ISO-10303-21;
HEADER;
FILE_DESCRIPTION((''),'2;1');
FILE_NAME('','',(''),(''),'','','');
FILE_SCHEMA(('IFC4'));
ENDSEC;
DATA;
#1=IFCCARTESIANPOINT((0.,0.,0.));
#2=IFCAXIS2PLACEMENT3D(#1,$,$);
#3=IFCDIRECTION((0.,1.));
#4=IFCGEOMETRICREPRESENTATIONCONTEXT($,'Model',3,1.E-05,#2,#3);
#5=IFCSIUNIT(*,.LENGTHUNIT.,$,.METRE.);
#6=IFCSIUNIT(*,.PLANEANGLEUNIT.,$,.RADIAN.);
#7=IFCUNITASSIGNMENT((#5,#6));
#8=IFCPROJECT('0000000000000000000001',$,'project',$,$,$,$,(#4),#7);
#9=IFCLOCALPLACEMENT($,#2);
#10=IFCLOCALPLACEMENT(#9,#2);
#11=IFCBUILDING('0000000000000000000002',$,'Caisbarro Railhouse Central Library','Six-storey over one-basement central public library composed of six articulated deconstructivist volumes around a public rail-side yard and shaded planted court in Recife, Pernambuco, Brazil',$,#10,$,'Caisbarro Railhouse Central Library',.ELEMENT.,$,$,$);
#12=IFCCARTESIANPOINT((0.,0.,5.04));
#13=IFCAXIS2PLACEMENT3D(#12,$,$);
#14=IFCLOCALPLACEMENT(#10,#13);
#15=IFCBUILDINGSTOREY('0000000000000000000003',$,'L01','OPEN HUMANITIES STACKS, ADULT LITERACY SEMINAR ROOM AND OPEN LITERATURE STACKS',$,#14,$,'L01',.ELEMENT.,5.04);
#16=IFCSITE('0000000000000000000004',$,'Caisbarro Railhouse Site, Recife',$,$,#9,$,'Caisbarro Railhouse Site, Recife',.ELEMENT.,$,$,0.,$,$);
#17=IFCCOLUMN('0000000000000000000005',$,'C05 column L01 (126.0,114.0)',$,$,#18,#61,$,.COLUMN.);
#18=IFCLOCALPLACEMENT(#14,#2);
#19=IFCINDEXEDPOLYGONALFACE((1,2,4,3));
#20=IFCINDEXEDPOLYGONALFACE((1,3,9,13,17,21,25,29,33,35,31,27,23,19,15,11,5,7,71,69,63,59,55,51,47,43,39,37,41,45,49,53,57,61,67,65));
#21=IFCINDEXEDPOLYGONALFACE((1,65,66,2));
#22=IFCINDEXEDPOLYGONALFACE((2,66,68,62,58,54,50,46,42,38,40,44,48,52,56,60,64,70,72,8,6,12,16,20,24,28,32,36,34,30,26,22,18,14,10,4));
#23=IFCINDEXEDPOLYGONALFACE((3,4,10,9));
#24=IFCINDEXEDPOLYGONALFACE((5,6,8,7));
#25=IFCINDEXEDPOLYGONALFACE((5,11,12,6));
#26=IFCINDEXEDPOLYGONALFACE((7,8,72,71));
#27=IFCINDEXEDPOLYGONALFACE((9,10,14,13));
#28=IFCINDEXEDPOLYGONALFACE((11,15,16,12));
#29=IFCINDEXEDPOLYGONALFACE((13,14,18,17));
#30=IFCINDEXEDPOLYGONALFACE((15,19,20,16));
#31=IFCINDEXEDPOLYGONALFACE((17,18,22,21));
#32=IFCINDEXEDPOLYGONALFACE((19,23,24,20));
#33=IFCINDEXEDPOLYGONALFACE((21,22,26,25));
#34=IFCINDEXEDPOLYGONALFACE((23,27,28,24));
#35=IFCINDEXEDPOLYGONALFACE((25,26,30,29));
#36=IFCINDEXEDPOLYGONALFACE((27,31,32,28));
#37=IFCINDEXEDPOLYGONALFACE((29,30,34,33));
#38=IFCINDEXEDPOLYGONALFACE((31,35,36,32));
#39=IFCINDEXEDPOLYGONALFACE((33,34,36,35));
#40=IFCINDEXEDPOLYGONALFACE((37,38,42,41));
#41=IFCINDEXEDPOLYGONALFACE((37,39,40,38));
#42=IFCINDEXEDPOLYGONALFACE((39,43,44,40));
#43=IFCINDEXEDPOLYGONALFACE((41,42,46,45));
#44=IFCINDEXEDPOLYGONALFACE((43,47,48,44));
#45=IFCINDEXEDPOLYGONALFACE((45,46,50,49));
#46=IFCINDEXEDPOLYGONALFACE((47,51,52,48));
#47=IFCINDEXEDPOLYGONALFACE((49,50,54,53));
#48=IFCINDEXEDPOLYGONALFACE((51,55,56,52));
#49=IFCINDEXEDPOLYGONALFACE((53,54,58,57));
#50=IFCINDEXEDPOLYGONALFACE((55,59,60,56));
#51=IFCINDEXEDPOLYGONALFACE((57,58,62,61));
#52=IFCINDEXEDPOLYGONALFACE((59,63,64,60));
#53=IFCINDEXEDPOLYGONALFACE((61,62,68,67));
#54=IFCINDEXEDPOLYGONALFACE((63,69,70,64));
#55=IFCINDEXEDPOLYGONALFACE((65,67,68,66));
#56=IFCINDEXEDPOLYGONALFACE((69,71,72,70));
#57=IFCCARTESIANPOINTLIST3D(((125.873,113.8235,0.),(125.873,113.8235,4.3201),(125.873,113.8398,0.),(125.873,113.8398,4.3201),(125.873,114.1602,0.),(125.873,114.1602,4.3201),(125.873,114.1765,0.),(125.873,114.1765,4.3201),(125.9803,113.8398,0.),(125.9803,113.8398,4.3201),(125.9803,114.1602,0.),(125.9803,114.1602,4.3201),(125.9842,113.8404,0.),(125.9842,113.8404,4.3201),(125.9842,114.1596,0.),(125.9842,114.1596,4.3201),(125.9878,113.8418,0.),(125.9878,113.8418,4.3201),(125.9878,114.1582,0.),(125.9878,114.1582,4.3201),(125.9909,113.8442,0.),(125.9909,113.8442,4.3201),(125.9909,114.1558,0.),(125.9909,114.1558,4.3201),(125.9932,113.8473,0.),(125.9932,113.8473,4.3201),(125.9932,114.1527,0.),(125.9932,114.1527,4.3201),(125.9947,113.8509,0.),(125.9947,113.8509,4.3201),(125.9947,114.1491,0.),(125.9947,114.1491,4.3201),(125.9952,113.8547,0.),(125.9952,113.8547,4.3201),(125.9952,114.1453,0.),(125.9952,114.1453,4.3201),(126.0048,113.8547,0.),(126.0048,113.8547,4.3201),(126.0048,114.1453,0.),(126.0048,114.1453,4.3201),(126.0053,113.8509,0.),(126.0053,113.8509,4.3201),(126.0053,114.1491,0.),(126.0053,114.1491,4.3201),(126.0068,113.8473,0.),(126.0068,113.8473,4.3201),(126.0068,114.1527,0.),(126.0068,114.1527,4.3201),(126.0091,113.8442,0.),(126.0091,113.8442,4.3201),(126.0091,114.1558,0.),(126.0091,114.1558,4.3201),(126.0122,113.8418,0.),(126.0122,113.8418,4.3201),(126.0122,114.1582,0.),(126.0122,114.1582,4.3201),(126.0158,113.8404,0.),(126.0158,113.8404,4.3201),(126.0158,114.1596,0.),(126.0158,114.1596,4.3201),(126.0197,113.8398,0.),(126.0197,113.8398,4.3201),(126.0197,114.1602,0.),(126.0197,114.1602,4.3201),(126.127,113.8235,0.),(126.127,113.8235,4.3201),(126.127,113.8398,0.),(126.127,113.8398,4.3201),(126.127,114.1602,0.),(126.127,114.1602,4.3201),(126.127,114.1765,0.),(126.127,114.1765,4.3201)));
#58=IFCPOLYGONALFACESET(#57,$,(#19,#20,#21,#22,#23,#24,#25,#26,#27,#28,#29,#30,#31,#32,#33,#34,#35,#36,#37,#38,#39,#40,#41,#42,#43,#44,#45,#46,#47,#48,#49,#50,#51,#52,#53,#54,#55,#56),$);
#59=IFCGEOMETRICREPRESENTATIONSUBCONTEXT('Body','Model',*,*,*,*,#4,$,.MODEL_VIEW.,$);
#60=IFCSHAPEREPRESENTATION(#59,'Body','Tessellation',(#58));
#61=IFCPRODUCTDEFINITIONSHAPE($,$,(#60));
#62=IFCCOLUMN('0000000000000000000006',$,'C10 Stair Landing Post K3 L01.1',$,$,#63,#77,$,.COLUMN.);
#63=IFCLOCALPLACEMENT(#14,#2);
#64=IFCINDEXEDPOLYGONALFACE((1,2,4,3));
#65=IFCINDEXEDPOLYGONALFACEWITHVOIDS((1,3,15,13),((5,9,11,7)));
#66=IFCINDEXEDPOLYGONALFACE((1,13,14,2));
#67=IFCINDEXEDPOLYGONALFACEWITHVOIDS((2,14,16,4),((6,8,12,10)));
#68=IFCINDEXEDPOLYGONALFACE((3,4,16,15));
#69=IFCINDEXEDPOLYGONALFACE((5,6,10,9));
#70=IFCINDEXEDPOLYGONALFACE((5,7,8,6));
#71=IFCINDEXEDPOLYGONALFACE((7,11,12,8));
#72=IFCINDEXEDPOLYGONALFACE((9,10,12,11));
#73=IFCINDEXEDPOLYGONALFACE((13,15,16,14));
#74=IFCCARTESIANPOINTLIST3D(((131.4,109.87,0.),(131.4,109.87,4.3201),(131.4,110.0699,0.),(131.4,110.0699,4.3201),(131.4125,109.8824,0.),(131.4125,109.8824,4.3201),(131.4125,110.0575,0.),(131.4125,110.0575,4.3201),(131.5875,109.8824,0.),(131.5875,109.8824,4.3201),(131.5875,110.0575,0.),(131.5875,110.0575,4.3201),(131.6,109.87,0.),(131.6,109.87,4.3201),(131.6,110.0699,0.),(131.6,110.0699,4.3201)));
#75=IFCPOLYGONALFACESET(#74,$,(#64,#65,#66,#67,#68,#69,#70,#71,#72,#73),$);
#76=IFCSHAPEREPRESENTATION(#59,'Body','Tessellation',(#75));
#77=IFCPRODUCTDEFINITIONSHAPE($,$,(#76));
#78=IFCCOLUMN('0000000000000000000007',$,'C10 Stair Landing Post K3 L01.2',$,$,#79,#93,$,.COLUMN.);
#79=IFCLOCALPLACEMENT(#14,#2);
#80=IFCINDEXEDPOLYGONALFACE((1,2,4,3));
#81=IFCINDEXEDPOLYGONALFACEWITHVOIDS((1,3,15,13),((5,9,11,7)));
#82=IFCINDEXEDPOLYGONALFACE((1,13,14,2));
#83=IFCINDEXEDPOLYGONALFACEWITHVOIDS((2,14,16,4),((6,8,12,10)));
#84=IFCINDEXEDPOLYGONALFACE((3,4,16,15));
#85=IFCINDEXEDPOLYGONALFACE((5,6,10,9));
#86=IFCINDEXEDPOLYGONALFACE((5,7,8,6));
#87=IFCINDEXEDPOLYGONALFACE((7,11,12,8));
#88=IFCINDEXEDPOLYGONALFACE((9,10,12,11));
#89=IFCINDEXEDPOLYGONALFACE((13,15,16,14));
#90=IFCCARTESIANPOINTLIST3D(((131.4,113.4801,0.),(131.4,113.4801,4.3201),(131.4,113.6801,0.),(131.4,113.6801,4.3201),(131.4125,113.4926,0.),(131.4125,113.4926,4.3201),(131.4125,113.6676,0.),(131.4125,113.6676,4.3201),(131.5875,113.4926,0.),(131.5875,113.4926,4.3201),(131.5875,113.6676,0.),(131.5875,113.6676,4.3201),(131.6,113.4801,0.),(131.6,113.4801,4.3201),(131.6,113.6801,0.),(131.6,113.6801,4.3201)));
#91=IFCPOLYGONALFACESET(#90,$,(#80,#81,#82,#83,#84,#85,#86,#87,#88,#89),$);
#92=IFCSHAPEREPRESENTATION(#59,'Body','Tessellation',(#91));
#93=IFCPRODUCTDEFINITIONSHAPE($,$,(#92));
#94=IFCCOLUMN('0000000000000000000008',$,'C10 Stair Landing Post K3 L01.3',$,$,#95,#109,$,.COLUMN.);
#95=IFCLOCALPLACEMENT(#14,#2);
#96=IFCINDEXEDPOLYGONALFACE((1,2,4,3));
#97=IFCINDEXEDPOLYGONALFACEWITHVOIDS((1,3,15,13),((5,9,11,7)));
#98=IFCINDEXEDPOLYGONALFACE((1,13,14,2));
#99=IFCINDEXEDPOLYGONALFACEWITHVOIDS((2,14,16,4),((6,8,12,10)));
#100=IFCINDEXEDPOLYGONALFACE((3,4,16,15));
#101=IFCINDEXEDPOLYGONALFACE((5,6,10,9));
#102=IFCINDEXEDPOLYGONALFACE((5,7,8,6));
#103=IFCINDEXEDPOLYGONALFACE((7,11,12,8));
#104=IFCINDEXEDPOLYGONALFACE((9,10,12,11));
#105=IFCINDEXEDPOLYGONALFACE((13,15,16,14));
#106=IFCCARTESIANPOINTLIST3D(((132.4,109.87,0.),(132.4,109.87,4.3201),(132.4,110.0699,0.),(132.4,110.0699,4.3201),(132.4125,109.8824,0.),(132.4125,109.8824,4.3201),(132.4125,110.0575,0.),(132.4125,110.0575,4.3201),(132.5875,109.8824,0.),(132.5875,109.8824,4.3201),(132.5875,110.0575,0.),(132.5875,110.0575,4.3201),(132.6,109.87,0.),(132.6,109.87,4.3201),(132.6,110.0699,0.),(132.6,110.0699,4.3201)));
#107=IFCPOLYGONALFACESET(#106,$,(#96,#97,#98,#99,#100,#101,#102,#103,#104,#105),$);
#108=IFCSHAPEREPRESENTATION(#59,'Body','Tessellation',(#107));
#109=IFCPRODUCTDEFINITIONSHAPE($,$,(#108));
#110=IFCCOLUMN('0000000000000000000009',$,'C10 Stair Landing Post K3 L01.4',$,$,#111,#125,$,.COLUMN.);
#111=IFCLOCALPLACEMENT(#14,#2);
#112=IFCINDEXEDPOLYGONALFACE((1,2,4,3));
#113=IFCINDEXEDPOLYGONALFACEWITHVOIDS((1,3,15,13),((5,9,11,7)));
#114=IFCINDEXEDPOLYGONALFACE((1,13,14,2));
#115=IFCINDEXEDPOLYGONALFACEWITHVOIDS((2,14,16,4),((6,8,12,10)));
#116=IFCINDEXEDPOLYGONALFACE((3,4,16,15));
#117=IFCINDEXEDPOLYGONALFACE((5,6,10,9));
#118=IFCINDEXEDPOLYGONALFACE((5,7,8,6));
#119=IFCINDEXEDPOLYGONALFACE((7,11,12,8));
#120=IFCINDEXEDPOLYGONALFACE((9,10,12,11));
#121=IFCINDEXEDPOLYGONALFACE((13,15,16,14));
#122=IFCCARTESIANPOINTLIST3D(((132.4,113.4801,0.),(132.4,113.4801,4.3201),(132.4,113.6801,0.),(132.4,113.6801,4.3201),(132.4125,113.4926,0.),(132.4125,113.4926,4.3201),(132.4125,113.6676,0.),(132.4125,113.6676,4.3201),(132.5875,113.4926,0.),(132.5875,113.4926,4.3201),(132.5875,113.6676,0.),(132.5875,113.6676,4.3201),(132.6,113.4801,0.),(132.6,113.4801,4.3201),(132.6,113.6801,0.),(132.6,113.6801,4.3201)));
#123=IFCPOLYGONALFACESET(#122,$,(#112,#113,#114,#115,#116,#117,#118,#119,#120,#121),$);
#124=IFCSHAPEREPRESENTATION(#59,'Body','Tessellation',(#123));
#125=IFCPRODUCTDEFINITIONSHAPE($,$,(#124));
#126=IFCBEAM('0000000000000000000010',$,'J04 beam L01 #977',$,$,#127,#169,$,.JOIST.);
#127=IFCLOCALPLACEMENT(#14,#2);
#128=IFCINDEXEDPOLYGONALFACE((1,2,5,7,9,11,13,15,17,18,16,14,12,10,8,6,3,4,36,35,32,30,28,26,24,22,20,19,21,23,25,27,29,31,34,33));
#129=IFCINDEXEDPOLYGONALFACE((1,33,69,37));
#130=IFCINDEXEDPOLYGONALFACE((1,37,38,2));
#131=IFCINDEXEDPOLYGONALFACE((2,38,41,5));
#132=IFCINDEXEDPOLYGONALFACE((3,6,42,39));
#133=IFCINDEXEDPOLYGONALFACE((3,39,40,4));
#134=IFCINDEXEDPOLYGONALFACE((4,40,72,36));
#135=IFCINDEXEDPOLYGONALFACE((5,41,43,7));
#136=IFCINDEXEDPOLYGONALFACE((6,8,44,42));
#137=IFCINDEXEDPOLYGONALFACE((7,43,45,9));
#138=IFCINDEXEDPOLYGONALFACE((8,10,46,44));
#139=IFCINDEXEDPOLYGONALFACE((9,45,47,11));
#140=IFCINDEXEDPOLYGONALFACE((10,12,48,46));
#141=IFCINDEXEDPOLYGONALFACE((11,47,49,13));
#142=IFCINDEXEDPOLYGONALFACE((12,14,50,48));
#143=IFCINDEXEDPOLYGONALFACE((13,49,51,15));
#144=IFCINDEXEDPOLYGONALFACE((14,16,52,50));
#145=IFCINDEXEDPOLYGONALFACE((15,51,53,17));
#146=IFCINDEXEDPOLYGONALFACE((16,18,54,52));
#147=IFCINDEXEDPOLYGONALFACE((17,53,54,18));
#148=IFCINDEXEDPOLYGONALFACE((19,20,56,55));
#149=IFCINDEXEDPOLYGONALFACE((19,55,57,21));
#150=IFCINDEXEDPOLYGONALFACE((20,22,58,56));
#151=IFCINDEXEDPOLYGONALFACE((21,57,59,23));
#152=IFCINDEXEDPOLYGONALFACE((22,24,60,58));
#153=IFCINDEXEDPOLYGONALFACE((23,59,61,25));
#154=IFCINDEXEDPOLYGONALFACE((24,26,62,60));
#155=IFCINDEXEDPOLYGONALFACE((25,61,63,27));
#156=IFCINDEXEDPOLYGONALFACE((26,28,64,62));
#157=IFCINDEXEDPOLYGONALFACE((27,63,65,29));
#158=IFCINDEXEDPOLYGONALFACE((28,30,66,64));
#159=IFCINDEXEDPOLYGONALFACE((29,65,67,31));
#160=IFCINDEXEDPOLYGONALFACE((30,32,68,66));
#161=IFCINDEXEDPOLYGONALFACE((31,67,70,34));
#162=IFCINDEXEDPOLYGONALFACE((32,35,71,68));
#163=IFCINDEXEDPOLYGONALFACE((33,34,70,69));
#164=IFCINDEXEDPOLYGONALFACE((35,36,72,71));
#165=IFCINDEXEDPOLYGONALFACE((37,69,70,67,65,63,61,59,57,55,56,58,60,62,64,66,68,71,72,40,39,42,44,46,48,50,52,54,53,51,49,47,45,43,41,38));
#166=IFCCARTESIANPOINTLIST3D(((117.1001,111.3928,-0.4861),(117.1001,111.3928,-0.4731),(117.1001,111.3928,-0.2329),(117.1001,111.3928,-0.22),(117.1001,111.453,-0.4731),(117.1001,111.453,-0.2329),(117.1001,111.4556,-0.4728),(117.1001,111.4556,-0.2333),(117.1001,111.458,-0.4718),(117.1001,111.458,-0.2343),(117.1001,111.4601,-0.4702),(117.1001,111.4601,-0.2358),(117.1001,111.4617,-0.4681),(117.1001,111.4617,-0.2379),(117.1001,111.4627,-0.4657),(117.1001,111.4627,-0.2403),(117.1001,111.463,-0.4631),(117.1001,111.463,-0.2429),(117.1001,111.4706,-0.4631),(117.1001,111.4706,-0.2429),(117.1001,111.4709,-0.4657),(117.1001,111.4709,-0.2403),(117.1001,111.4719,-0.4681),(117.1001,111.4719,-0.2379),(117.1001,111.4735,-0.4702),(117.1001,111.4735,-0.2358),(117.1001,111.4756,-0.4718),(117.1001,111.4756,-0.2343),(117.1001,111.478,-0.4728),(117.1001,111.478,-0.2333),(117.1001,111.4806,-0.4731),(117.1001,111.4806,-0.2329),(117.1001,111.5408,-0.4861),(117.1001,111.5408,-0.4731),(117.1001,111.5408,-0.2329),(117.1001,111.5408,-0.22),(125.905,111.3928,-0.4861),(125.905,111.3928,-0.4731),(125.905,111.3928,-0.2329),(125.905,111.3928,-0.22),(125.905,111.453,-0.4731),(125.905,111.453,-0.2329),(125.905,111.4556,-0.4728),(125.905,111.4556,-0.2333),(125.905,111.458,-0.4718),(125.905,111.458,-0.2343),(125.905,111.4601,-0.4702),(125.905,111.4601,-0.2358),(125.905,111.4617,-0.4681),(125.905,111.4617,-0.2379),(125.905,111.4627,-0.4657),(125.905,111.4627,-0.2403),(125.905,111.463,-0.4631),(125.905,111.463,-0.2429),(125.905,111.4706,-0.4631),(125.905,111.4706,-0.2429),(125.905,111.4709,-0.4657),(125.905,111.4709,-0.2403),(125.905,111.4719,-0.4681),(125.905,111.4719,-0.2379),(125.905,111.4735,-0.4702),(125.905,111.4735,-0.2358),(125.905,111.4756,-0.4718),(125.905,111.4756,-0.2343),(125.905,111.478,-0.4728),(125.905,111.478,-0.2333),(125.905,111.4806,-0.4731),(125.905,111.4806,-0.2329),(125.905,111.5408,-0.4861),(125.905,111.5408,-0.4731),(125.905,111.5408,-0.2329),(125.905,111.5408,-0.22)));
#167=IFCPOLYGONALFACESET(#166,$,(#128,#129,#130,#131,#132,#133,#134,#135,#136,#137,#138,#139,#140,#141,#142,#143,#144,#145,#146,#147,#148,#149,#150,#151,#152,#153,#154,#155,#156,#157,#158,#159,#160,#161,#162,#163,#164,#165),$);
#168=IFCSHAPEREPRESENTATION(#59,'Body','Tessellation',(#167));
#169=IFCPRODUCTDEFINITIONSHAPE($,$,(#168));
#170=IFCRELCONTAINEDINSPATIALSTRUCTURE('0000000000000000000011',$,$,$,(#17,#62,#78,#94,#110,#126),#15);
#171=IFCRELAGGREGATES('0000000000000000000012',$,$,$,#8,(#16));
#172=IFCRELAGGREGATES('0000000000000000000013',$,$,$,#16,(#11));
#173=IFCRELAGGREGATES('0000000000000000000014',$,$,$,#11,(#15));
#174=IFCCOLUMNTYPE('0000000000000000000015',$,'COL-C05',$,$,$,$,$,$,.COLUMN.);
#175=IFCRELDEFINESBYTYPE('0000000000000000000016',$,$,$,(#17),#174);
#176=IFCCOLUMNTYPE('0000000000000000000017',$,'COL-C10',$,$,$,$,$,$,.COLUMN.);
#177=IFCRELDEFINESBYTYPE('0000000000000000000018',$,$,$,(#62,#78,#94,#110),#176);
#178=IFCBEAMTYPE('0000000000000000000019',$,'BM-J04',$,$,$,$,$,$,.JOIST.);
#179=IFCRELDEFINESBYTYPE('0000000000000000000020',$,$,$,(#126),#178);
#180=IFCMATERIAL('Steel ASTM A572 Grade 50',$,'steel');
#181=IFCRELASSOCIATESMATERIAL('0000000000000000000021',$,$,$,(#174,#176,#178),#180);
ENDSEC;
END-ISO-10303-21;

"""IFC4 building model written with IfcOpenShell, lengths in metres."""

from ifc_helpers import new_model, si_unit, direction, frame, origin, origin_2d, place, context, subcontext, project, spatial, hollow_rectangle, i_section, extrude, material, material_profile, profile_set, type_object, element, save


model = new_model("IFC4")

# Units and contexts
model_context = context("Model", 3, precision=1e-05, world=origin(), true_north=direction((0.0, 1.0)))
body_context = subcontext(model_context, "Body", "Model", "MODEL_VIEW")
ifc_project = project(units=[si_unit("LENGTHUNIT", "METRE"), si_unit("PLANEANGLEUNIT", "RADIAN")], contexts=[model_context])

# Site, building, storey
site_placement = place(None, origin())
site = spatial("IfcSite", under=ifc_project, at=site_placement, Name="Caisbarro Railhouse Site, Recife", LongName="Caisbarro Railhouse Site, Recife", CompositionType="ELEMENT", RefElevation=0.0)
building_placement = place(site_placement, origin())
building = spatial("IfcBuilding", under=site, at=building_placement, Name="Caisbarro Railhouse Central Library", Description="Six-storey over one-basement central public library composed of six articulated deconstructivist volumes around a public rail-side yard and shaded planted court in Recife, Pernambuco, Brazil", LongName="Caisbarro Railhouse Central Library", CompositionType="ELEMENT")
storey_placement = place(building_placement, frame((0.0, 0.0, 5.04)))
storey = spatial("IfcBuildingStorey", under=building, at=storey_placement, Name="L01", Description="OPEN HUMANITIES STACKS, ADULT LITERACY SEMINAR ROOM AND OPEN LITERATURE STACKS", LongName="L01", CompositionType="ELEMENT", Elevation=5.04)

# Columns
ifc_material_1 = material(Name="Steel ASTM A572 Grade 50", Category="steel")
ifc_material_profile_1 = material_profile(ifc_material_1, i_section(OverallWidth=0.2539, OverallDepth=0.353, WebThickness=0.0095, FlangeThickness=0.0164, FilletRadius=0.0149, at=origin_2d()), Name="W360X91.0")
ifc_profile_set_1 = profile_set([ifc_material_profile_1], Name="Steel ASTM A572 Grade 50")
column_type_1 = type_object("IfcColumnType", Name="COL-C05", PredefinedType="COLUMN", material=ifc_profile_set_1)
column_placement = place(storey_placement, frame((126.0, 114.0, 0.0), z_axis=(0.0, 0.0, 1.0), x_axis=(1.0, 0.0, 0.0)))
element("IfcColumn", 1, at=column_placement, inside=storey, type_object=column_type_1, Name="C05 column L01 (126.0,114.0)", PredefinedType="COLUMN", context=body_context, shape_type="SweptSolid", body=[
    extrude(i_section(OverallWidth=0.2539, OverallDepth=0.353, WebThickness=0.0095, FlangeThickness=0.0164, FilletRadius=0.0149, at=origin_2d()), origin(), (0.0, 0.0, 1.0), 4.3201),
])
ifc_material_profile_2 = material_profile(ifc_material_1, hollow_rectangle(XDim=0.2, YDim=0.2, WallThickness=0.0125, at=origin_2d()), Name="HSS200X200X12.5")
ifc_profile_set_2 = profile_set([ifc_material_profile_2], Name="Steel ASTM A572 Grade 50")
column_type_2 = type_object("IfcColumnType", Name="COL-C10", PredefinedType="COLUMN", material=ifc_profile_set_2)
for number, where, z_axis, x_axis, name in (
    (2, (131.5, 109.97, 0.0), (0.0, 0.0, 1.0), (1.0, 0.0, 0.0), "C10 Stair Landing Post K3 L01.1"),
    (3, (131.5, 113.5801, 0.0), (0.0, 0.0, 1.0), (1.0, 0.0, 0.0), "C10 Stair Landing Post K3 L01.2"),
    (4, (132.5, 109.97, 0.0), (0.0, 0.0, 1.0), (1.0, 0.0, 0.0), "C10 Stair Landing Post K3 L01.3"),
    (5, (132.5, 113.5801, 0.0), (0.0, 0.0, 1.0), (1.0, 0.0, 0.0), "C10 Stair Landing Post K3 L01.4"),
):
    element("IfcColumn", number, at=place(storey_placement, frame(where, z_axis=z_axis, x_axis=x_axis)), inside=storey, type_object=column_type_2, Name=name, PredefinedType="COLUMN", context=body_context, shape_type="SweptSolid", body=[
        extrude(hollow_rectangle(XDim=0.2, YDim=0.2, WallThickness=0.0125, at=origin_2d()), origin(), (0.0, 0.0, 1.0), 4.3201),
    ])

# Beam
ifc_material_profile_3 = material_profile(ifc_material_1, i_section(OverallWidth=0.1479, OverallDepth=0.2661, WebThickness=0.0076, FlangeThickness=0.0129, FilletRadius=0.01, at=origin_2d()), Name="W250X44.8")
ifc_profile_set_3 = profile_set([ifc_material_profile_3], Name="Steel ASTM A572 Grade 50")
beam_type_1 = type_object("IfcBeamType", Name="BM-J04", PredefinedType="JOIST", material=ifc_profile_set_3)
beam_1_placement = place(storey_placement, frame((117.1001, 111.4668, -0.353), z_axis=(1.0, 0.0, 0.0), x_axis=(0.0, 1.0, 0.0)))
element("IfcBeam", 6, at=beam_1_placement, inside=storey, type_object=beam_type_1, Name="J04 beam L01 #977", PredefinedType="JOIST", context=body_context, shape_type="SweptSolid", body=[
    extrude(i_section(OverallWidth=0.1479, OverallDepth=0.2661, WebThickness=0.0076, FlangeThickness=0.0129, FilletRadius=0.01, at=origin_2d()), origin(), (0.0, 0.0, 1.0), 8.8049),
])

save(model, "model.ifc")
